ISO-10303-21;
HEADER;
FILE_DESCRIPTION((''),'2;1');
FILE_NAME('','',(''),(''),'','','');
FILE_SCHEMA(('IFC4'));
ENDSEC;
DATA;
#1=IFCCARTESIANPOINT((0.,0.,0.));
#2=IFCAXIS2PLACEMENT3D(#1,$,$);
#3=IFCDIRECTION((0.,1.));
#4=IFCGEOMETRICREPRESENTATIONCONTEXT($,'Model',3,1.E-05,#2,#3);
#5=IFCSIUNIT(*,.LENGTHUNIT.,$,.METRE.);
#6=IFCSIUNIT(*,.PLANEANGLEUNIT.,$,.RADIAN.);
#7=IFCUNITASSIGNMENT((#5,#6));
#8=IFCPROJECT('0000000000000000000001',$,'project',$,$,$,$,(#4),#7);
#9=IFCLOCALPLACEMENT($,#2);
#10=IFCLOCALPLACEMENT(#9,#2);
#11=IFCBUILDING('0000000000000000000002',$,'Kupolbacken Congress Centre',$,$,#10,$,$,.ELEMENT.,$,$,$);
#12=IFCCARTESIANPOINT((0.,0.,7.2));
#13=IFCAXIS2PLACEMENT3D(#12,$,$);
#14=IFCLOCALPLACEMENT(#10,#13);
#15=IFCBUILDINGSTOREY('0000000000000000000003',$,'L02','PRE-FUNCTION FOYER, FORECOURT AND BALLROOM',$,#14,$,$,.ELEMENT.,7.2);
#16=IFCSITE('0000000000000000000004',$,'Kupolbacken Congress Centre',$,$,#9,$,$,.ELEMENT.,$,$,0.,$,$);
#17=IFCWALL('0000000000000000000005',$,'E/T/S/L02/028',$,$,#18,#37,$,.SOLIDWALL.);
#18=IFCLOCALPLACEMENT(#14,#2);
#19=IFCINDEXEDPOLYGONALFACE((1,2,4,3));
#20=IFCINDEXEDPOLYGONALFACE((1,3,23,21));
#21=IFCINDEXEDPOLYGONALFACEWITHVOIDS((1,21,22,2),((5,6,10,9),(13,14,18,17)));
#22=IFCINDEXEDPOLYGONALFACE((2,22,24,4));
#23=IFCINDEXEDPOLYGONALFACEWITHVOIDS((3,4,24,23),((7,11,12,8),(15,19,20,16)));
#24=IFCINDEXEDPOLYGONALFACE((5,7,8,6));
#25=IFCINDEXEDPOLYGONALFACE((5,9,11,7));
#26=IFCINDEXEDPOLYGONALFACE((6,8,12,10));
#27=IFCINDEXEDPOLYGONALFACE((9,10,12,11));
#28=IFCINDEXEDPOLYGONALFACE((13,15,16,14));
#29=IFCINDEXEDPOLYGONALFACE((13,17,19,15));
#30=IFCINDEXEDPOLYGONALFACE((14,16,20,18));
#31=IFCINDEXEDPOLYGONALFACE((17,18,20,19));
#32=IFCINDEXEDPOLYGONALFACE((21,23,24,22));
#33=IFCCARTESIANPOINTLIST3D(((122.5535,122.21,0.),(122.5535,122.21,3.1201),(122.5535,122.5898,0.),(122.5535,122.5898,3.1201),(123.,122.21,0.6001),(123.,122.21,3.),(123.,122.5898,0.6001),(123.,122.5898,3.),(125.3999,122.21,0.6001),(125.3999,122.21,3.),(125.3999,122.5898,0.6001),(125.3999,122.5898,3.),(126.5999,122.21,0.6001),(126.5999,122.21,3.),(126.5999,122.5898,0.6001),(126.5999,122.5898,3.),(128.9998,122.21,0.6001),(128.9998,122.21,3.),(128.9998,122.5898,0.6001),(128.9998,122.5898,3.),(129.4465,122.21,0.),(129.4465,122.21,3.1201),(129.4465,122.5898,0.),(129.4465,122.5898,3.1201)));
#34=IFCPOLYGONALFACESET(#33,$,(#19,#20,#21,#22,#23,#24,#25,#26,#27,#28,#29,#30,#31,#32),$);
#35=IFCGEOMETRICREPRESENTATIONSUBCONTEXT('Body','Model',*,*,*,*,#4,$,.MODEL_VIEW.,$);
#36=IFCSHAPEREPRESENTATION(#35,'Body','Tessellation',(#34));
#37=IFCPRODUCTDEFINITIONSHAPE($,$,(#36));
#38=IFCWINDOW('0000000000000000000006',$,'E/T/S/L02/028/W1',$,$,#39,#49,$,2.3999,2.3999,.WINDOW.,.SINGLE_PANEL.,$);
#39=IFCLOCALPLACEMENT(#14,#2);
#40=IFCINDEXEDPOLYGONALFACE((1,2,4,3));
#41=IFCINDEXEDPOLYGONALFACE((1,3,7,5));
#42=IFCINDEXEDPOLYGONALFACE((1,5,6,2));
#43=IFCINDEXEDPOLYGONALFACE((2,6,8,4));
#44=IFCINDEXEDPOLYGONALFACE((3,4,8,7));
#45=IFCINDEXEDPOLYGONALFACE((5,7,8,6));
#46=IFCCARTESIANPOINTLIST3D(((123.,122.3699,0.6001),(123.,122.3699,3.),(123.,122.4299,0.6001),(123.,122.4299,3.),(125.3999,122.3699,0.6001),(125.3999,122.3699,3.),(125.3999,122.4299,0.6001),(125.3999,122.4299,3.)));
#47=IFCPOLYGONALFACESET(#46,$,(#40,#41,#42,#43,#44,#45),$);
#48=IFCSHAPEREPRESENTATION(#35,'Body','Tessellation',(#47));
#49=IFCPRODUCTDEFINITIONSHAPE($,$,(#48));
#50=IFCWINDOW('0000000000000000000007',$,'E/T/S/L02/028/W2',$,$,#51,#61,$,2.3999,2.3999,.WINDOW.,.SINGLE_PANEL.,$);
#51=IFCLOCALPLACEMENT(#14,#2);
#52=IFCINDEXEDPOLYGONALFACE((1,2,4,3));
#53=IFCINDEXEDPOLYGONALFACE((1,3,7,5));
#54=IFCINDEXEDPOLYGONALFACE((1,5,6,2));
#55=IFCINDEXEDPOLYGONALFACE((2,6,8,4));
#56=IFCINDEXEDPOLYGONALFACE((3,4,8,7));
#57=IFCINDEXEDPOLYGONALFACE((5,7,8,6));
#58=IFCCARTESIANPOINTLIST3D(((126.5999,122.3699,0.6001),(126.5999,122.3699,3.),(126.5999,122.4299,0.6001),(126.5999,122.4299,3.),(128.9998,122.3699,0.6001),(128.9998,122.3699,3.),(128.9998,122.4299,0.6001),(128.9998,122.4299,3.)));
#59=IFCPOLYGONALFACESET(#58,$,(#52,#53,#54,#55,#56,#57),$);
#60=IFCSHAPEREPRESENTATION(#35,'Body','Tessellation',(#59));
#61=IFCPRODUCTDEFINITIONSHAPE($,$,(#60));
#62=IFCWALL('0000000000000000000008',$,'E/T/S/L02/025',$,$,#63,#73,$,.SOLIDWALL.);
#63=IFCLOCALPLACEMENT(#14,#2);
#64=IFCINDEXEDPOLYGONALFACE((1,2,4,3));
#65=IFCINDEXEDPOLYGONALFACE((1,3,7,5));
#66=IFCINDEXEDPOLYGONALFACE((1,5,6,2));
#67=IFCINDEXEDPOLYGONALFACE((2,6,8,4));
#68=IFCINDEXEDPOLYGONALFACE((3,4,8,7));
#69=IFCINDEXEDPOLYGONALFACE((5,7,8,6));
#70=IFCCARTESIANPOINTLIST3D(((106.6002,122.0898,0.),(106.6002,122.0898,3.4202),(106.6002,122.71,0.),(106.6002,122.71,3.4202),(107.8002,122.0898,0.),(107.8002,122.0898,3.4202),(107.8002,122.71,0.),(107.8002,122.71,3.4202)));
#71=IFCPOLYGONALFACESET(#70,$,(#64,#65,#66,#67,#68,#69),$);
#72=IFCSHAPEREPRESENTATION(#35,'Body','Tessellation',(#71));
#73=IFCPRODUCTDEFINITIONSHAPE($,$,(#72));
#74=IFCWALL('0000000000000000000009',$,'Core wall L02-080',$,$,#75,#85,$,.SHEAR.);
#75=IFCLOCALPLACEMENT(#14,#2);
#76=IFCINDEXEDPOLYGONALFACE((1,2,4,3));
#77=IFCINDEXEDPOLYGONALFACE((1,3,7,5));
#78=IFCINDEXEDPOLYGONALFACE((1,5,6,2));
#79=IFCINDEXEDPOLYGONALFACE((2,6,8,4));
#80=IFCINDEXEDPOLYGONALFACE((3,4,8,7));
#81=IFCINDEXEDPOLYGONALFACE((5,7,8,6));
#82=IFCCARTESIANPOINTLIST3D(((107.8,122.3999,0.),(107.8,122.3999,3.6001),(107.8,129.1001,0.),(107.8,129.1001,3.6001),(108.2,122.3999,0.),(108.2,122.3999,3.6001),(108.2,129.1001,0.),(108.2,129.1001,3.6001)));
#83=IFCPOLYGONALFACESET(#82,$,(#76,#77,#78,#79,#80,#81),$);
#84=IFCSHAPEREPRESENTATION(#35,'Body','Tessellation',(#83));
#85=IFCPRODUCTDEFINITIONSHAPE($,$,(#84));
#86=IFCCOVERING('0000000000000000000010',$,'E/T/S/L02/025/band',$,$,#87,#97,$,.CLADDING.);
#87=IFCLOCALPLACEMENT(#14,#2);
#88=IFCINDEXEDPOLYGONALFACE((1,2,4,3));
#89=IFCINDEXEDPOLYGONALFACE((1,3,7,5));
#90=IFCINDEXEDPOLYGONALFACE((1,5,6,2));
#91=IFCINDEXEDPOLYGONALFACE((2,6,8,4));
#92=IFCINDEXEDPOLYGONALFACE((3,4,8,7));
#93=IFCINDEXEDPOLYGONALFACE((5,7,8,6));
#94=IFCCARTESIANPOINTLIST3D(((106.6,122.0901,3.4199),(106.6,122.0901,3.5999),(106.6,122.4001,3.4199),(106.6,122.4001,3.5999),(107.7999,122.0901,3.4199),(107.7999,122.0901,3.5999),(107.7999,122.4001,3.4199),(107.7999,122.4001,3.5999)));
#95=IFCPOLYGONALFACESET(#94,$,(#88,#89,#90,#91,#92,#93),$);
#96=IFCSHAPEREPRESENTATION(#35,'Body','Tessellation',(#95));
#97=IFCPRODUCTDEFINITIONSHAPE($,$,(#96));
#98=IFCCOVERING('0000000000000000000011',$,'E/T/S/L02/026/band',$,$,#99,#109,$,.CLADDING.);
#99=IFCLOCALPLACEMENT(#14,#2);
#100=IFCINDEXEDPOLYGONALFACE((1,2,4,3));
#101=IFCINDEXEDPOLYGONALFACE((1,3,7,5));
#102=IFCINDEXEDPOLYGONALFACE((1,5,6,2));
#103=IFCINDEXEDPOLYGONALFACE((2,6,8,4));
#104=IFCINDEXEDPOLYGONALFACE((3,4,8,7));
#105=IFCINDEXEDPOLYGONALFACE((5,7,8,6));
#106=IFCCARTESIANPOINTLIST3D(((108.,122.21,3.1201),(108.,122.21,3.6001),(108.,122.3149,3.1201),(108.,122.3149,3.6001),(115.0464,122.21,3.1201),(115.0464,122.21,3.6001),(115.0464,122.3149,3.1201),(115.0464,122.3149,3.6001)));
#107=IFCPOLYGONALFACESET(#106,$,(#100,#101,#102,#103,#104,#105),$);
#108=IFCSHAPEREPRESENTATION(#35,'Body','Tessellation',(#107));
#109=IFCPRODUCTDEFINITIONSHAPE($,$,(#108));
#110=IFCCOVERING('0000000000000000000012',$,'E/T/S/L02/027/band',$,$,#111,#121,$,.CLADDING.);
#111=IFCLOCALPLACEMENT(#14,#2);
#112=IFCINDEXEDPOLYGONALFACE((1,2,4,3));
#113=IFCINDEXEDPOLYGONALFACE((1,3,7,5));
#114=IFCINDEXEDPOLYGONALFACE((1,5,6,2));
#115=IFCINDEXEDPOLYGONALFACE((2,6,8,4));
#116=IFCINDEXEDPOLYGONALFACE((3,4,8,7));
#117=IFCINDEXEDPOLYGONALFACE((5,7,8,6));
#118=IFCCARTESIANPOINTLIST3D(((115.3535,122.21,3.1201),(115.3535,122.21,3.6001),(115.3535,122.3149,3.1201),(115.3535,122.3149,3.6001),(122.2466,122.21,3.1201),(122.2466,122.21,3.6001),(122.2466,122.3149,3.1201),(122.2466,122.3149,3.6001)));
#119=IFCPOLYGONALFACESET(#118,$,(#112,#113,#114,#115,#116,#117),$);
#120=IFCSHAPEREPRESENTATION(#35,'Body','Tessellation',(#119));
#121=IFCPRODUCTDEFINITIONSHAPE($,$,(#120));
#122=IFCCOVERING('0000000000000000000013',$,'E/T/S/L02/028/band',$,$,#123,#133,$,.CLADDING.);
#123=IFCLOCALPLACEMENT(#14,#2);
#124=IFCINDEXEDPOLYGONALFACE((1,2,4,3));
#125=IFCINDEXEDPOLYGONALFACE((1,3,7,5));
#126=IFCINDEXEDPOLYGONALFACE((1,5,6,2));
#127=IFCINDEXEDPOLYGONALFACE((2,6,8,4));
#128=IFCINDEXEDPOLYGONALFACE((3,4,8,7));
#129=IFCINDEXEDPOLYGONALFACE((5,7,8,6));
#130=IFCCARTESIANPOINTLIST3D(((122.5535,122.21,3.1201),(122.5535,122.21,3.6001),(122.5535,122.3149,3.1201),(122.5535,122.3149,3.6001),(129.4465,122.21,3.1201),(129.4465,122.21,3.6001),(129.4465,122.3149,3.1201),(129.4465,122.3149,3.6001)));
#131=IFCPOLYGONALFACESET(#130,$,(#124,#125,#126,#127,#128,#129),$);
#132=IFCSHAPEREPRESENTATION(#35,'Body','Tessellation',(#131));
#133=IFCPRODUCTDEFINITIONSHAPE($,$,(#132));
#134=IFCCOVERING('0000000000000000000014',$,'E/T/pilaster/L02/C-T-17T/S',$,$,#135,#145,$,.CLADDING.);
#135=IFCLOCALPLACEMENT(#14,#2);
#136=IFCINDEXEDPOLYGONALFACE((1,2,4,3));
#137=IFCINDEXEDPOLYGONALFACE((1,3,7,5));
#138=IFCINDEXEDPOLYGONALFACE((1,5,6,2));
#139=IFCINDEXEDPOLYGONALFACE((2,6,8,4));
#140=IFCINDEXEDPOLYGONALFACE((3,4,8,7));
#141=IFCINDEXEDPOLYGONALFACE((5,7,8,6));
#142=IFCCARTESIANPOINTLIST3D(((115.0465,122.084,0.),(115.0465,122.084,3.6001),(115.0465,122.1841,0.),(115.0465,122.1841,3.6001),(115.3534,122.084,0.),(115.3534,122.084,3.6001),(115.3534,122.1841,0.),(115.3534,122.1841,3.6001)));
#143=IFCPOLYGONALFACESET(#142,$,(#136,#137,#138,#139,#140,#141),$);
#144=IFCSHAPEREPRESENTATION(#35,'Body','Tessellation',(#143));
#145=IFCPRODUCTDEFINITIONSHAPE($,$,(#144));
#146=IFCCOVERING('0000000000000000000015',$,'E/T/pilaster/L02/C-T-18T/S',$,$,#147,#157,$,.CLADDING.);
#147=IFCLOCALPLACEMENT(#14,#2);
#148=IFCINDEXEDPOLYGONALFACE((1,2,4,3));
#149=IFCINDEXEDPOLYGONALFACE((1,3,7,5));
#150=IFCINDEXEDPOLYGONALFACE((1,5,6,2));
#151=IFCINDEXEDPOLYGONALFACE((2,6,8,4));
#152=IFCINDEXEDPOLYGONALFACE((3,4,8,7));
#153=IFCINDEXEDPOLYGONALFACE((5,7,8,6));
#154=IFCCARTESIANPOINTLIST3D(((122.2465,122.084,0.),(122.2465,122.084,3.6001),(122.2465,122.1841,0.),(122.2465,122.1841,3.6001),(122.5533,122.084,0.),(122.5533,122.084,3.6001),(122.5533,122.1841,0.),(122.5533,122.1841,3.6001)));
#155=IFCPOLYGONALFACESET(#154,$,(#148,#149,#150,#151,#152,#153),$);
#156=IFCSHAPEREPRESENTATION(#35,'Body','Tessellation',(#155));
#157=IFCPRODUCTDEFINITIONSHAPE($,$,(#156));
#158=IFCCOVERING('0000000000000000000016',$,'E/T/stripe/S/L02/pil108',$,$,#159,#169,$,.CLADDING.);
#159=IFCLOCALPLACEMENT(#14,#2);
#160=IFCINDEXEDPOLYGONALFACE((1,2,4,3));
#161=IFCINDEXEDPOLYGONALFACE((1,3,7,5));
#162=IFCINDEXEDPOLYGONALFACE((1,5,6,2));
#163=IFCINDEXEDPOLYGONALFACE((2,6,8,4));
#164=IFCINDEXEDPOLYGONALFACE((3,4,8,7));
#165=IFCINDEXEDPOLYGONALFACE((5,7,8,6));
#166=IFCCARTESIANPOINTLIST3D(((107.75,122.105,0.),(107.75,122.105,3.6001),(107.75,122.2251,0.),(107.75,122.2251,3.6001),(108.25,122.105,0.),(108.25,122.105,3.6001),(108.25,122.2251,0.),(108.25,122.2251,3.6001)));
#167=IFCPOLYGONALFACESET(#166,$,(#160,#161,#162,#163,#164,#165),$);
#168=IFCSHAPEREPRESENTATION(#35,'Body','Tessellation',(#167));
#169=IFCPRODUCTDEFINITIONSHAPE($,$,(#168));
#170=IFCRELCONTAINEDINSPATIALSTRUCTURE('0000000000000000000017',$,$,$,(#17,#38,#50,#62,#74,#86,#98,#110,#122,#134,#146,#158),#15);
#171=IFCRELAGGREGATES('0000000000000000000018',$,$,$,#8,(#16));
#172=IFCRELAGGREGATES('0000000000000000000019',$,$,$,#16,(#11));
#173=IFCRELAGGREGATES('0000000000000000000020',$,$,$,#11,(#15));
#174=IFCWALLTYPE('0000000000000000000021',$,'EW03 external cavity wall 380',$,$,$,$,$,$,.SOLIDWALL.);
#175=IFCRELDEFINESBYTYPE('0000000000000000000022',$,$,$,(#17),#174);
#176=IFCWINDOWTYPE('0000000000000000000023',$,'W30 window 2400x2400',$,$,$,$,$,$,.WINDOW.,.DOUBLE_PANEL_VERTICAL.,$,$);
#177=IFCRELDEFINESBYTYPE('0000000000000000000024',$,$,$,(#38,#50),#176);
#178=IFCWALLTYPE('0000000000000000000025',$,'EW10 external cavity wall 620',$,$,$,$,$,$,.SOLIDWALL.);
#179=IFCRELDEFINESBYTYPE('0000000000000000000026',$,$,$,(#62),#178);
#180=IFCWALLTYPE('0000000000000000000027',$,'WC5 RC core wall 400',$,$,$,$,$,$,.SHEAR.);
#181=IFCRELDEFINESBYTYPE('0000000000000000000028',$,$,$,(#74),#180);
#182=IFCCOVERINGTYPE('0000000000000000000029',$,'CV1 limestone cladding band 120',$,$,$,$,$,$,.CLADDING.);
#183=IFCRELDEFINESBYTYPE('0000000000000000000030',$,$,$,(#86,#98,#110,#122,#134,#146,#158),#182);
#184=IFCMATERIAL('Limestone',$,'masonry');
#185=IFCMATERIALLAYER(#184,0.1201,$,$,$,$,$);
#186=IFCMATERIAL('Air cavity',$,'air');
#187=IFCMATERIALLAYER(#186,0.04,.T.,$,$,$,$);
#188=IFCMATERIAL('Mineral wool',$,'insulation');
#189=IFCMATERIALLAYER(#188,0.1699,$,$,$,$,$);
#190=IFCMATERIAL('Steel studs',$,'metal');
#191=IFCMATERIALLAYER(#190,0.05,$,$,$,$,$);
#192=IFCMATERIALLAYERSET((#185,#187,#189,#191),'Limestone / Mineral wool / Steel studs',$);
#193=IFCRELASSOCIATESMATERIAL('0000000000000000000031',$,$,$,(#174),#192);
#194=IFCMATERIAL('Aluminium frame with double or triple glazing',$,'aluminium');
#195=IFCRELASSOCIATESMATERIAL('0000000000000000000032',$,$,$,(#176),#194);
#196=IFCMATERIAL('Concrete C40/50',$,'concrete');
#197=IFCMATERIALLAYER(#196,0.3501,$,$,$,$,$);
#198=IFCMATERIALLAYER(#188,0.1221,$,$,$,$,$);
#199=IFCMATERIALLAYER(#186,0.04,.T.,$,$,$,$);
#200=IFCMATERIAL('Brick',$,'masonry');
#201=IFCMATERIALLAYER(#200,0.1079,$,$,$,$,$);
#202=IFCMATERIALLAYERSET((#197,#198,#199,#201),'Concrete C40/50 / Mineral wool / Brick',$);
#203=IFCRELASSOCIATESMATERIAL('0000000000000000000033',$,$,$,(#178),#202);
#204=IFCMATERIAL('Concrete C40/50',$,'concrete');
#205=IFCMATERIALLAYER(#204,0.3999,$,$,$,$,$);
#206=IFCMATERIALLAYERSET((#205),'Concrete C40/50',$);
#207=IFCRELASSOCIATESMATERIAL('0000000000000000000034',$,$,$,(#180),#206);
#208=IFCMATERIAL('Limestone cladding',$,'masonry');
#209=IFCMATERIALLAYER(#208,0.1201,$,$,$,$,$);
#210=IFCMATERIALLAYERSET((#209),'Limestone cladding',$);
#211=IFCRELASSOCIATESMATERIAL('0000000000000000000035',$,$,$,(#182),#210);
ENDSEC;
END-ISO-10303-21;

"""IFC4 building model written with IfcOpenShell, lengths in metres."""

from ifc_helpers import new_model, si_unit, direction, frame, frame_2d, origin, origin_2d, place, context, subcontext, project, spatial, rectangle, extrude, material, layer, layer_set, type_object, element, fill, save


model = new_model("IFC4")

# Units and contexts
model_context = context("Model", 3, precision=1e-05, world=origin(), true_north=direction((0.0, 1.0)))
body_context = subcontext(model_context, "Body", "Model", "MODEL_VIEW")
ifc_project = project(units=[si_unit("LENGTHUNIT", "METRE"), si_unit("PLANEANGLEUNIT", "RADIAN")], contexts=[model_context])

# Site, building, storey
site_placement = place(None, origin())
site = spatial("IfcSite", under=ifc_project, at=site_placement, Name="Kupolbacken Congress Centre", CompositionType="ELEMENT", RefElevation=0.0)
building_placement = place(site_placement, origin())
building = spatial("IfcBuilding", under=site, at=building_placement, Name="Kupolbacken Congress Centre", CompositionType="ELEMENT")
storey_placement = place(building_placement, frame((0.0, 0.0, 7.2)))
storey = spatial("IfcBuildingStorey", under=building, at=storey_placement, Name="L02", Description="PRE-FUNCTION FOYER, FORECOURT AND BALLROOM", CompositionType="ELEMENT", Elevation=7.2)

# Wall, openings, windows
ifc_material_1 = material(Name="Limestone", Category="masonry")
ifc_layer_1 = layer(ifc_material_1, 0.1201)
ifc_material_2 = material(Name="Air cavity", Category="air")
ifc_layer_2 = layer(ifc_material_2, 0.04, ventilated=True)
ifc_material_3 = material(Name="Mineral wool", Category="insulation")
ifc_layer_3 = layer(ifc_material_3, 0.1699)
ifc_material_4 = material(Name="Steel studs", Category="metal")
ifc_layer_4 = layer(ifc_material_4, 0.05)
ifc_layer_set_1 = layer_set([ifc_layer_1, ifc_layer_2, ifc_layer_3, ifc_layer_4], Name="Limestone / Mineral wool / Steel studs")
wall_type_1 = type_object("IfcWallType", Name="EW03 external cavity wall 380", PredefinedType="SOLIDWALL", material=ifc_layer_set_1)
ifc_material_5 = material(Name="Aluminium frame with double or triple glazing", Category="aluminium")
window_type = type_object("IfcWindowType", Name="W30 window 2400x2400", PartitioningType="DOUBLE_PANEL_VERTICAL", PredefinedType="WINDOW", material=ifc_material_5)
wall_1_placement = place(storey_placement, frame((122.5535, 122.3999, 0.0), z_axis=(0.0, 0.0, 1.0), x_axis=(1.0, 0.0, 0.0)))
wall_1 = element("IfcWall", 1, at=wall_1_placement, inside=storey, type_object=wall_type_1, Name="E/T/S/L02/028", PredefinedType="SOLIDWALL", context=body_context, shape_type="SweptSolid", body=[
    extrude(rectangle(XDim=6.8931, YDim=0.3799, at=frame_2d((3.4465, 0.0))), origin(), (0.0, 0.0, 1.0), 3.1201),
])
opening_1_placement = place(wall_1_placement, frame((0.4465, 0.0, 0.6001)))
opening_1 = element("IfcOpeningElement", 2, at=opening_1_placement, cuts=wall_1, PredefinedType="OPENING", context=body_context, shape_type="SweptSolid", body=[
    extrude(rectangle(XDim=2.3999, YDim=2.3999, at=frame_2d((1.2, 1.2))), frame((0.0, 0.2, 0.0), z_axis=(0.0, -1.0, 0.0), x_axis=(1.0, 0.0, 0.0)), (0.0, 0.0, 1.0), 0.3999),
])
opening_2_placement = place(wall_1_placement, frame((4.0464, 0.0, 0.6001)))
opening_2 = element("IfcOpeningElement", 3, at=opening_2_placement, cuts=wall_1, PredefinedType="OPENING", context=body_context, shape_type="SweptSolid", body=[
    extrude(rectangle(XDim=2.3999, YDim=2.3999, at=frame_2d((1.2, 1.2))), frame((0.0, 0.2, 0.0), z_axis=(0.0, -1.0, 0.0), x_axis=(1.0, 0.0, 0.0)), (0.0, 0.0, 1.0), 0.3999),
])
window_1_placement = place(opening_1_placement, origin())
window_1 = element("IfcWindow", 4, at=window_1_placement, inside=storey, type_object=window_type, Name="E/T/S/L02/028/W1", OverallHeight=2.3999, OverallWidth=2.3999, PartitioningType="SINGLE_PANEL", PredefinedType="WINDOW", context=body_context, shape_type="SweptSolid", body=[
    extrude(rectangle(XDim=2.3999, YDim=2.3999, at=frame_2d((1.2, 1.2))), frame((0.0, 0.03, 0.0), z_axis=(0.0, -1.0, 0.0), x_axis=(1.0, 0.0, 0.0)), (0.0, 0.0, 1.0), 0.0601),
])
fill(opening_1, window_1)
window_2_placement = place(opening_2_placement, origin())
window_2 = element("IfcWindow", 5, at=window_2_placement, inside=storey, type_object=window_type, Name="E/T/S/L02/028/W2", OverallHeight=2.3999, OverallWidth=2.3999, PartitioningType="SINGLE_PANEL", PredefinedType="WINDOW", context=body_context, shape_type="SweptSolid", body=[
    extrude(rectangle(XDim=2.3999, YDim=2.3999, at=frame_2d((1.2, 1.2))), frame((0.0, 0.03, 0.0), z_axis=(0.0, -1.0, 0.0), x_axis=(1.0, 0.0, 0.0)), (0.0, 0.0, 1.0), 0.0601),
])
fill(opening_2, window_2)

# Walls
ifc_material_6 = material(Name="Concrete C40/50", Category="concrete")
ifc_layer_5 = layer(ifc_material_6, 0.3501)
ifc_layer_6 = layer(ifc_material_3, 0.1221)
ifc_layer_7 = layer(ifc_material_2, 0.04, ventilated=True)
ifc_material_7 = material(Name="Brick", Category="masonry")
ifc_layer_8 = layer(ifc_material_7, 0.1079)
ifc_layer_set_2 = layer_set([ifc_layer_5, ifc_layer_6, ifc_layer_7, ifc_layer_8], Name="Concrete C40/50 / Mineral wool / Brick")
wall_type_2 = type_object("IfcWallType", Name="EW10 external cavity wall 620", PredefinedType="SOLIDWALL", material=ifc_layer_set_2)
wall_2_placement = place(storey_placement, frame((106.6001, 122.3999, 0.0), z_axis=(0.0, 0.0, 1.0), x_axis=(1.0, 0.0, 0.0)))
element("IfcWall", 6, at=wall_2_placement, inside=storey, type_object=wall_type_2, Name="E/T/S/L02/025", PredefinedType="SOLIDWALL", context=body_context, shape_type="SweptSolid", body=[
    extrude(rectangle(XDim=1.2, YDim=0.6201, at=frame_2d((0.6001, 0.0))), origin(), (0.0, 0.0, 1.0), 3.4202),
])
ifc_material_8 = material(Name="Concrete C40/50", Category="concrete")
ifc_layer_9 = layer(ifc_material_8, 0.3999)
ifc_layer_set_3 = layer_set([ifc_layer_9], Name="Concrete C40/50")
wall_type_3 = type_object("IfcWallType", Name="WC5 RC core wall 400", PredefinedType="SHEAR", material=ifc_layer_set_3)
wall_3_placement = place(storey_placement, frame((108.0, 122.3999, 0.0), z_axis=(0.0, 0.0, 1.0), x_axis=(0.0, 1.0, 0.0)))
element("IfcWall", 7, at=wall_3_placement, inside=storey, type_object=wall_type_3, Name="Core wall L02-080", PredefinedType="SHEAR", context=body_context, shape_type="SweptSolid", body=[
    extrude(rectangle(XDim=6.7002, YDim=0.3999, at=frame_2d((3.3501, 0.0))), origin(), (0.0, 0.0, 1.0), 3.6001),
])

# Coverings
ifc_material_9 = material(Name="Limestone cladding", Category="masonry")
ifc_layer_10 = layer(ifc_material_9, 0.1201)
ifc_layer_set_4 = layer_set([ifc_layer_10], Name="Limestone cladding")
covering_type_1 = type_object("IfcCoveringType", Name="CV1 limestone cladding band 120", PredefinedType="CLADDING", material=ifc_layer_set_4)
covering_1_placement = place(storey_placement, frame((107.2, 122.2451, 3.4199), z_axis=(0.0, 0.0, 1.0), x_axis=(1.0, 0.0, 0.0)))
element("IfcCovering", 8, at=covering_1_placement, inside=storey, type_object=covering_type_1, Name="E/T/S/L02/025/band", PredefinedType="CLADDING", context=body_context, shape_type="SweptSolid", body=[
    extrude(rectangle(XDim=1.2, YDim=0.3101, at=origin_2d()), origin(), (0.0, 0.0, 1.0), 0.1799),
])
covering_2_placement = place(storey_placement, frame((111.5232, 122.2625, 3.1201), z_axis=(0.0, 0.0, 1.0), x_axis=(1.0, 0.0, 0.0)))
element("IfcCovering", 9, at=covering_2_placement, inside=storey, type_object=covering_type_1, Name="E/T/S/L02/026/band", PredefinedType="CLADDING", context=body_context, shape_type="SweptSolid", body=[
    extrude(rectangle(XDim=7.0464, YDim=0.105, at=origin_2d()), origin(), (0.0, 0.0, 1.0), 0.48),
])
for number, where, z_axis, x_axis, name in (
    (10, (118.8, 122.2625, 3.1201), (0.0, 0.0, 1.0), (1.0, 0.0, 0.0), "E/T/S/L02/027/band"),
    (11, (126.0, 122.2625, 3.1201), (0.0, 0.0, 1.0), (1.0, 0.0, 0.0), "E/T/S/L02/028/band"),
):
    element("IfcCovering", number, at=place(storey_placement, frame(where, z_axis=z_axis, x_axis=x_axis)), inside=storey, type_object=covering_type_1, Name=name, PredefinedType="CLADDING", context=body_context, shape_type="SweptSolid", body=[
        extrude(rectangle(XDim=6.8931, YDim=0.105, at=origin_2d()), origin(), (0.0, 0.0, 1.0), 0.48),
    ])
for number, where, z_axis, x_axis, name in (
    (12, (115.2, 122.134, 0.0), (0.0, 0.0, 1.0), (1.0, 0.0, 0.0), "E/T/pilaster/L02/C-T-17T/S"),
    (13, (122.3999, 122.134, 0.0), (0.0, 0.0, 1.0), (1.0, 0.0, 0.0), "E/T/pilaster/L02/C-T-18T/S"),
):
    element("IfcCovering", number, at=place(storey_placement, frame(where, z_axis=z_axis, x_axis=x_axis)), inside=storey, type_object=covering_type_1, Name=name, PredefinedType="CLADDING", context=body_context, shape_type="SweptSolid", body=[
        extrude(rectangle(XDim=0.3069, YDim=0.1001, at=origin_2d()), origin(), (0.0, 0.0, 1.0), 3.6001),
    ])
covering_3_placement = place(storey_placement, frame((108.0, 122.165, 0.0), z_axis=(0.0, 0.0, 1.0), x_axis=(1.0, 0.0, 0.0)))
element("IfcCovering", 14, at=covering_3_placement, inside=storey, type_object=covering_type_1, Name="E/T/stripe/S/L02/pil108", PredefinedType="CLADDING", context=body_context, shape_type="SweptSolid", body=[
    extrude(rectangle(XDim=0.5, YDim=0.1201, at=origin_2d()), origin(), (0.0, 0.0, 1.0), 3.6001),
])

save(model, "model.ifc")
